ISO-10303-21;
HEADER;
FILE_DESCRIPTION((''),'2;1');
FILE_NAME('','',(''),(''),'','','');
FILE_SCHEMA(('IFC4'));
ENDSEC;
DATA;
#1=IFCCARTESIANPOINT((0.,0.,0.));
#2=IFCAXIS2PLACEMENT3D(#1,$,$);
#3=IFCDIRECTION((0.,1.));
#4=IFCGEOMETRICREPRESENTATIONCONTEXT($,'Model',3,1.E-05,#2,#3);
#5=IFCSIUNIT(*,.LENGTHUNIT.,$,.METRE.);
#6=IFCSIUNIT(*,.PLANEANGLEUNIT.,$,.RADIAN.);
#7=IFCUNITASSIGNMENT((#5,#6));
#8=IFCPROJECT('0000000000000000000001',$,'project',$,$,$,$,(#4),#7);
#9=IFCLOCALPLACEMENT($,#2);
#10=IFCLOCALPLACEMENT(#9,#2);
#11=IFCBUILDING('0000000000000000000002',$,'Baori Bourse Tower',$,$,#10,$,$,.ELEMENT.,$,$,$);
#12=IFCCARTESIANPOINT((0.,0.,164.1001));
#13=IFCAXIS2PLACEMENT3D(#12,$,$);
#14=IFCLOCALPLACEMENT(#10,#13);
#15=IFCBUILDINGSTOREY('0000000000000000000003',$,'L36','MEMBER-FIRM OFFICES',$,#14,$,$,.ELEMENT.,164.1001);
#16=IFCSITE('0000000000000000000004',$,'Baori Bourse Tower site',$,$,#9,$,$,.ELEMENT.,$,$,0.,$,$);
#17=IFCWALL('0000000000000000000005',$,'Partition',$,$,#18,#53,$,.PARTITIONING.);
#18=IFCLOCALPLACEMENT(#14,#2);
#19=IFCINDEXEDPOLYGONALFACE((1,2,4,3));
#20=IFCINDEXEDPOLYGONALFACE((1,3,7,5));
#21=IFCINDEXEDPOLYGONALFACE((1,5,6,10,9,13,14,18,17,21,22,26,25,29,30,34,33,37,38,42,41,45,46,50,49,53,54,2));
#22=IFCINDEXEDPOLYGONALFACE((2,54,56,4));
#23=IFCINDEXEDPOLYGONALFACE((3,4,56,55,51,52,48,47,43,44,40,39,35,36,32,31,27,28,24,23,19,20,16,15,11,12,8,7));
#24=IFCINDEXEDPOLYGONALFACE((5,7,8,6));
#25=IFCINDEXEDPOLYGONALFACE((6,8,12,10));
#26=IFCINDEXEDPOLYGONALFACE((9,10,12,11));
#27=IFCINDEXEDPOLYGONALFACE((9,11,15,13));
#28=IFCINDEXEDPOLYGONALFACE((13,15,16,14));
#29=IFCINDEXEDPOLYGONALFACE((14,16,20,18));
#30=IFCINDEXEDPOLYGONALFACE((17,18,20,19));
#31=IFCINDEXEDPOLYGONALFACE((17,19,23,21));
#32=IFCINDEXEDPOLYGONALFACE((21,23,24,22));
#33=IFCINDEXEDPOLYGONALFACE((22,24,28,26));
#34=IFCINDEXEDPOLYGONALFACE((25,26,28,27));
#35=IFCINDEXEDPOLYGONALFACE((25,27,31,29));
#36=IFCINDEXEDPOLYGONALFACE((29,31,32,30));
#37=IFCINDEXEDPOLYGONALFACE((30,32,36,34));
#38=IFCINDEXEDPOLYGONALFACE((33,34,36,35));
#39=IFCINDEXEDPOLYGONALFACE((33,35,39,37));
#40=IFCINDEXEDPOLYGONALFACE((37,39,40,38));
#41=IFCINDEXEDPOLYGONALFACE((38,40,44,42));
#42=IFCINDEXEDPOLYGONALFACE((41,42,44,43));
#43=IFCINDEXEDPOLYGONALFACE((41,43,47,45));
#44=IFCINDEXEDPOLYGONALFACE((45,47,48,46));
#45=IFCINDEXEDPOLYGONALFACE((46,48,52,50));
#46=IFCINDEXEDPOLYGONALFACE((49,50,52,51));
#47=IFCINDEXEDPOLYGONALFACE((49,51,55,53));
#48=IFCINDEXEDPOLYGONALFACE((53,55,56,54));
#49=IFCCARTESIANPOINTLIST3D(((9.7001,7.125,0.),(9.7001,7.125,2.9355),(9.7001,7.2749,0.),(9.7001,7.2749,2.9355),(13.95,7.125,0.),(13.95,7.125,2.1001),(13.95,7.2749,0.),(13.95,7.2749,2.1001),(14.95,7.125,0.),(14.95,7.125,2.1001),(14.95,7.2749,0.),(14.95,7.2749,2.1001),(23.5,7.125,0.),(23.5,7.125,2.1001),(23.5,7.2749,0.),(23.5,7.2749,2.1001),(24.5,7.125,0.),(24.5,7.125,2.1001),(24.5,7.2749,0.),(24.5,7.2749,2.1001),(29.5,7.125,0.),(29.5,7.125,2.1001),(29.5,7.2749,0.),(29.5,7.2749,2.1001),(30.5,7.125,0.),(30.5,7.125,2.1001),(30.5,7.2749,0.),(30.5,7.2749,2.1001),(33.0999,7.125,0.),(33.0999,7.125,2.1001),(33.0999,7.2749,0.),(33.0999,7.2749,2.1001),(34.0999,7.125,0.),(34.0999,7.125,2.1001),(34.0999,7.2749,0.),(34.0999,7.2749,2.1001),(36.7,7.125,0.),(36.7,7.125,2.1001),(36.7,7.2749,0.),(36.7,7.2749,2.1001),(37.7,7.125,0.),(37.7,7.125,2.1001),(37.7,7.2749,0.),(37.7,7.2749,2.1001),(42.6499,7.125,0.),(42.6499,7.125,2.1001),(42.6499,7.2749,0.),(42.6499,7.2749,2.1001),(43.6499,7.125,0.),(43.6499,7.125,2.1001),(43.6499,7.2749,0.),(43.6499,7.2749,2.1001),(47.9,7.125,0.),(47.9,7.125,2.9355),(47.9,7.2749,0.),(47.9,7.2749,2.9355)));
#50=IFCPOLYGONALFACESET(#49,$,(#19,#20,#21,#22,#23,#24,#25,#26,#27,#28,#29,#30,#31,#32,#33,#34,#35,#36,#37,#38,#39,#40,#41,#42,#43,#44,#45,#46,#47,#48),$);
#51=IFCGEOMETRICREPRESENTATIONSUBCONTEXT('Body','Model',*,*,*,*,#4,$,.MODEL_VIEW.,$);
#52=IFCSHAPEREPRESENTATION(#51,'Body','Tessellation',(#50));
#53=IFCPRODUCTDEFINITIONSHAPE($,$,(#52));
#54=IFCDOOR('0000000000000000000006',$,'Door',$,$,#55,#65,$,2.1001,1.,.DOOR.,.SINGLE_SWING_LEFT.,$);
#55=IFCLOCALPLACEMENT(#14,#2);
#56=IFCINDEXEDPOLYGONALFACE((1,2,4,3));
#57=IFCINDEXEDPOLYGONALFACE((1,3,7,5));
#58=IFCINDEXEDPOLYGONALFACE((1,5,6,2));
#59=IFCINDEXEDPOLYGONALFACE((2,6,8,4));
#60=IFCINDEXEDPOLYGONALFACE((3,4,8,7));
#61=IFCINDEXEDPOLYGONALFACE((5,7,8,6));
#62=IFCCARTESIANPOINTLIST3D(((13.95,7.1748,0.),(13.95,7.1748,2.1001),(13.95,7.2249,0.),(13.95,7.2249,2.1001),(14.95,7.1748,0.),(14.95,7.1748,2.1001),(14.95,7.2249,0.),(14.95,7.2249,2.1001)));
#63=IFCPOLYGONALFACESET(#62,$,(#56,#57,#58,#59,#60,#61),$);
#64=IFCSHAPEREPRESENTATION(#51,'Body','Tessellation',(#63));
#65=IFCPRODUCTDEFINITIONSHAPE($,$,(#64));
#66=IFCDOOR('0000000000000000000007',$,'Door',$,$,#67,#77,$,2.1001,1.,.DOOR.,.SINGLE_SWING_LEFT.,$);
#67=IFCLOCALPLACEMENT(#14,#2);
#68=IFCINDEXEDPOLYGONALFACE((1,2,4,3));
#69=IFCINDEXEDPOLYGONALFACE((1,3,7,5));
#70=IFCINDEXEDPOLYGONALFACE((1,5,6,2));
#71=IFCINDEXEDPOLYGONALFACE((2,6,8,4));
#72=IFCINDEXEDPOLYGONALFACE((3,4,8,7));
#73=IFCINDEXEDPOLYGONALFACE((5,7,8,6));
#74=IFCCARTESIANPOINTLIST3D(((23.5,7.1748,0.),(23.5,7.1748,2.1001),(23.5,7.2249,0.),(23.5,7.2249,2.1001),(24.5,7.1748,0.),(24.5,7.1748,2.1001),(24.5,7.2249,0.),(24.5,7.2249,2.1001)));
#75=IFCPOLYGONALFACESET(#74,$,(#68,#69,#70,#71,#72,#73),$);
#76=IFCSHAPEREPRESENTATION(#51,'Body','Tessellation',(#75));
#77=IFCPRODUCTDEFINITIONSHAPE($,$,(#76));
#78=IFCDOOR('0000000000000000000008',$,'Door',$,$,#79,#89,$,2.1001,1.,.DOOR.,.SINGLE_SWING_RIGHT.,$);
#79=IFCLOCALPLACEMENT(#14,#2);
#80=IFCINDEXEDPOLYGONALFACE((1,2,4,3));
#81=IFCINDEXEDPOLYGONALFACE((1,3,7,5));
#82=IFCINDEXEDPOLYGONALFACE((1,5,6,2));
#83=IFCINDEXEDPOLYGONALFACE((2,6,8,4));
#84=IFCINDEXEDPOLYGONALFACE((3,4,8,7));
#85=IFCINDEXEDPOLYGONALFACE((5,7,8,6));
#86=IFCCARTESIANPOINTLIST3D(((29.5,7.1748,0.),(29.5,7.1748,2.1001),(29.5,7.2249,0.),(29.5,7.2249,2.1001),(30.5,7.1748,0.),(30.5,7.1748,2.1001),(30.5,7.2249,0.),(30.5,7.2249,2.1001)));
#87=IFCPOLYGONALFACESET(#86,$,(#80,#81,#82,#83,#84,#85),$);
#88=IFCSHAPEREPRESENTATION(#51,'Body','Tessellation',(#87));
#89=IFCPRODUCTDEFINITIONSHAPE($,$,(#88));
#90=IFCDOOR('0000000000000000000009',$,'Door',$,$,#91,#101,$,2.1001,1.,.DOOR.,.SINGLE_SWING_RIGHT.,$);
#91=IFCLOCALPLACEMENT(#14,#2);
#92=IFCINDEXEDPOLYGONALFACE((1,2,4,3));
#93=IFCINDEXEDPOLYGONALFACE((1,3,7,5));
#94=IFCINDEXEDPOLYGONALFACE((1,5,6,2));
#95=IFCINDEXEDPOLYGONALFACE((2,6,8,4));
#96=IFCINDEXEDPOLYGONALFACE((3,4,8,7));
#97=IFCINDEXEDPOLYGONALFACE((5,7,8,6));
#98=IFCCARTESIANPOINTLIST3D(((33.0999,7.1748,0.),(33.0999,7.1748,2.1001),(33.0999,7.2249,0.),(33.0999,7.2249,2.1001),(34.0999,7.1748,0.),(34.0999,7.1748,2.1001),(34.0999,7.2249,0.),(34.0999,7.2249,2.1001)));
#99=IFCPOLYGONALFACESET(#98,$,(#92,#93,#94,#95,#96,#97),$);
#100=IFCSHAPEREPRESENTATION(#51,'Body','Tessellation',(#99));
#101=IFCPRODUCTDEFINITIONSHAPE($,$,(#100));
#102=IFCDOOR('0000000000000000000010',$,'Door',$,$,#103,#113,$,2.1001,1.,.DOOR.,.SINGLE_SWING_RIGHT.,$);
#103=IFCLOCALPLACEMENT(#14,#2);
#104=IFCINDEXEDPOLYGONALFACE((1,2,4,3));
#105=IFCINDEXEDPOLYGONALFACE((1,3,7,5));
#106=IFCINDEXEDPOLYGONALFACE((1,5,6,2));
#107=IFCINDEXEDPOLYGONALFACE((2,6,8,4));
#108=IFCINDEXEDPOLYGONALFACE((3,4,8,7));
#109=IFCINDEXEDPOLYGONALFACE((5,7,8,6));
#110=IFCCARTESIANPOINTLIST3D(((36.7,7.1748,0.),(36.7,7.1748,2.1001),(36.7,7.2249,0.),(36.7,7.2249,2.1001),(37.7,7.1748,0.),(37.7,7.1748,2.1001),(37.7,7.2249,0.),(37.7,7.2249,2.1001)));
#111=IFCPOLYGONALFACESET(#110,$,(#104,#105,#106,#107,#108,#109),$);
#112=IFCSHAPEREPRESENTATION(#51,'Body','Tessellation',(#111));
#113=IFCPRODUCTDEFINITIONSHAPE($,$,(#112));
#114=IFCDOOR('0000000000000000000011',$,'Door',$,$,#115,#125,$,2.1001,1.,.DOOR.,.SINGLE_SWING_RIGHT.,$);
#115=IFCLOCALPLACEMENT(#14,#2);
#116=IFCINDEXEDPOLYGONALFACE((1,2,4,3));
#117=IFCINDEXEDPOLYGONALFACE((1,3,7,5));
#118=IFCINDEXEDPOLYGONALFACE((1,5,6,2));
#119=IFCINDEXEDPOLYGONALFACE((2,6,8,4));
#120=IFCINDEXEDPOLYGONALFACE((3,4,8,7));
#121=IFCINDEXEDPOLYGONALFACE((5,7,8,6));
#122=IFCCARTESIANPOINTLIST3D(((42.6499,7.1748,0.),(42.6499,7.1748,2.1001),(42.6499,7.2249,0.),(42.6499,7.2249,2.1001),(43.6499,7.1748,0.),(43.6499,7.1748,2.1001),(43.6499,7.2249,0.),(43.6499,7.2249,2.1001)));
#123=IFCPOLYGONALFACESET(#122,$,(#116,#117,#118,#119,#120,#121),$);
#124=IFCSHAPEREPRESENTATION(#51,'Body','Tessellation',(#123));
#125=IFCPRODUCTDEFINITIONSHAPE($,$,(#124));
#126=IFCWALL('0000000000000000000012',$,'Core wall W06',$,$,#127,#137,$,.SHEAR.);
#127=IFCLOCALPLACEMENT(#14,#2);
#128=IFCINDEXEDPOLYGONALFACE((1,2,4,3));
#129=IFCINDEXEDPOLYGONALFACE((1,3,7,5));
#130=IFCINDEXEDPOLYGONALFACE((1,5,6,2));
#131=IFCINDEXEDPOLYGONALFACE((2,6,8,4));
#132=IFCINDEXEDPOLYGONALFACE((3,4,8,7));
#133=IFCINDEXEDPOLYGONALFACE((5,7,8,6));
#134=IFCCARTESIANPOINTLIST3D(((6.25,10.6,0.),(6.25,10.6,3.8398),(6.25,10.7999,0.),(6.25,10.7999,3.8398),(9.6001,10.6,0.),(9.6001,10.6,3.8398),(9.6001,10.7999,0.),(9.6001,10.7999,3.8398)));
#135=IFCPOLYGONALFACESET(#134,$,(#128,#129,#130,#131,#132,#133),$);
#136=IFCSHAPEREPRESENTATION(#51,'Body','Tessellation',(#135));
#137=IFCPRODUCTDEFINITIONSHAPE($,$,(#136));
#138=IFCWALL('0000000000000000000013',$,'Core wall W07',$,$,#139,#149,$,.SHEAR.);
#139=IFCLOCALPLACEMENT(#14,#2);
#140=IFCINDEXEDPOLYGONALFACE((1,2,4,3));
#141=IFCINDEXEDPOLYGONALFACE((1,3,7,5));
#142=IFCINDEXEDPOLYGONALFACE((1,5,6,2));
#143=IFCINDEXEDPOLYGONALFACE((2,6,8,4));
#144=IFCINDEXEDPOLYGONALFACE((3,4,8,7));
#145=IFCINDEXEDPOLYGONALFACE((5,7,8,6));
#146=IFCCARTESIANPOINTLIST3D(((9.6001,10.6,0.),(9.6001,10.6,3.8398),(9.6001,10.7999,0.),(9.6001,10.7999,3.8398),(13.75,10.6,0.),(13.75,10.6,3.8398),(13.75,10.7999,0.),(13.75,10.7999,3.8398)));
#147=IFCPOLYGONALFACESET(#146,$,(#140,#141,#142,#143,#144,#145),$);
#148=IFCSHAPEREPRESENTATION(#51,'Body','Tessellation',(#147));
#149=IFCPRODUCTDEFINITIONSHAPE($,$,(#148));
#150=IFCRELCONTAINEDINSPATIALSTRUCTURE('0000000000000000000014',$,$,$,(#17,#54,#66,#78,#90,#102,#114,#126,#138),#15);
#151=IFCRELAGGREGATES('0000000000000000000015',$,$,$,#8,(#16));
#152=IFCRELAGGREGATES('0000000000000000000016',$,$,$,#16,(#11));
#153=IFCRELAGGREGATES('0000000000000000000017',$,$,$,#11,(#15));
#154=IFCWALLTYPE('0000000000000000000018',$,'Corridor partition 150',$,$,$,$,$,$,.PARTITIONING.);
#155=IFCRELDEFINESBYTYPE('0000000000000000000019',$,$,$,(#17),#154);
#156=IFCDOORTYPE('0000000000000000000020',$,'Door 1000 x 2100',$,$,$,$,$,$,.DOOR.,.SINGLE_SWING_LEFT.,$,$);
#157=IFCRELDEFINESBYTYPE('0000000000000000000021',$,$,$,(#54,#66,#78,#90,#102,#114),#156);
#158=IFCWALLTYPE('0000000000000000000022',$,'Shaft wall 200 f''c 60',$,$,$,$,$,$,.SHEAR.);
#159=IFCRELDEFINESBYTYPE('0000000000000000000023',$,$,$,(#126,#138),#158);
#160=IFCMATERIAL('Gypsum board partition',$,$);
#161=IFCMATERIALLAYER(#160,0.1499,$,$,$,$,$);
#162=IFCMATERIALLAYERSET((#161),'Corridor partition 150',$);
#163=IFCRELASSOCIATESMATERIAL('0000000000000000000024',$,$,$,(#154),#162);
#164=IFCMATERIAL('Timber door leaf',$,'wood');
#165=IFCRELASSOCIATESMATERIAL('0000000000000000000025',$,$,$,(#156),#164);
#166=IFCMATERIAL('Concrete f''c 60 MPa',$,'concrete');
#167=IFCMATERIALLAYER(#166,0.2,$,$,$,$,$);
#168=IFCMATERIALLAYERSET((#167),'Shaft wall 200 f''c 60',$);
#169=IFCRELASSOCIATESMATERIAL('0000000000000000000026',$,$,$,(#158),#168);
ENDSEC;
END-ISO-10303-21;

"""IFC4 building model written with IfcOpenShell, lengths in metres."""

from ifc_helpers import new_model, si_unit, direction, frame, frame_2d, origin, place, context, subcontext, project, spatial, rectangle, extrude, material, layer, layer_set, type_object, element, fill, save


model = new_model("IFC4")

# Units and contexts
model_context = context("Model", 3, precision=1e-05, world=origin(), true_north=direction((0.0, 1.0)))
body_context = subcontext(model_context, "Body", "Model", "MODEL_VIEW")
ifc_project = project(units=[si_unit("LENGTHUNIT", "METRE"), si_unit("PLANEANGLEUNIT", "RADIAN")], contexts=[model_context])

# Site, building, storey
site_placement = place(None, origin())
site = spatial("IfcSite", under=ifc_project, at=site_placement, Name="Baori Bourse Tower site", CompositionType="ELEMENT", RefElevation=0.0)
building_placement = place(site_placement, origin())
building = spatial("IfcBuilding", under=site, at=building_placement, Name="Baori Bourse Tower", CompositionType="ELEMENT")
storey_placement = place(building_placement, frame((0.0, 0.0, 164.1001)))
storey = spatial("IfcBuildingStorey", under=building, at=storey_placement, Name="L36", Description="MEMBER-FIRM OFFICES", CompositionType="ELEMENT", Elevation=164.1001)

# Wall, openings, doors
ifc_material_1 = material(Name="Gypsum board partition")
ifc_layer_1 = layer(ifc_material_1, 0.1499)
ifc_layer_set_1 = layer_set([ifc_layer_1], Name="Corridor partition 150")
wall_type_1 = type_object("IfcWallType", Name="Corridor partition 150", PredefinedType="PARTITIONING", material=ifc_layer_set_1)
wall_1_placement = place(storey_placement, frame((9.7, 7.2, 0.0), z_axis=(0.0, 0.0, 1.0), x_axis=(1.0, 0.0, 0.0)))
wall_1 = element("IfcWall", 1, at=wall_1_placement, inside=storey, type_object=wall_type_1, Name="Partition", PredefinedType="PARTITIONING", context=body_context, shape_type="SweptSolid", body=[
    extrude(rectangle(XDim=38.2, YDim=0.1499, at=frame_2d((19.1001, 0.0))), origin(), (0.0, 0.0, 1.0), 2.9355),
])
opening_1_placement = place(wall_1_placement, frame((4.25, 0.0, 0.0)))
opening_1 = element("IfcOpeningElement", 2, at=opening_1_placement, cuts=wall_1, PredefinedType="OPENING", context=body_context, shape_type="SweptSolid", body=[
    extrude(rectangle(XDim=1.0, YDim=2.1001, at=frame_2d((0.5, 1.05))), frame((0.0, 0.085, 0.0), z_axis=(0.0, -1.0, 0.0), x_axis=(1.0, 0.0, 0.0)), (0.0, 0.0, 1.0), 0.1699),
])
opening_2_placement = place(wall_1_placement, frame((13.8, 0.0, 0.0)))
opening_2 = element("IfcOpeningElement", 3, at=opening_2_placement, cuts=wall_1, PredefinedType="OPENING", context=body_context, shape_type="SweptSolid", body=[
    extrude(rectangle(XDim=1.0, YDim=2.1001, at=frame_2d((0.5, 1.05))), frame((0.0, 0.085, 0.0), z_axis=(0.0, -1.0, 0.0), x_axis=(1.0, 0.0, 0.0)), (0.0, 0.0, 1.0), 0.1699),
])
opening_3_placement = place(wall_1_placement, frame((19.8, 0.0, 0.0)))
opening_3 = element("IfcOpeningElement", 4, at=opening_3_placement, cuts=wall_1, PredefinedType="OPENING", context=body_context, shape_type="SweptSolid", body=[
    extrude(rectangle(XDim=1.0, YDim=2.1001, at=frame_2d((0.5, 1.05))), frame((0.0, 0.085, 0.0), z_axis=(0.0, -1.0, 0.0), x_axis=(1.0, 0.0, 0.0)), (0.0, 0.0, 1.0), 0.1699),
])
opening_4_placement = place(wall_1_placement, frame((23.3999, 0.0, 0.0)))
opening_4 = element("IfcOpeningElement", 5, at=opening_4_placement, cuts=wall_1, PredefinedType="OPENING", context=body_context, shape_type="SweptSolid", body=[
    extrude(rectangle(XDim=1.0, YDim=2.1001, at=frame_2d((0.5, 1.05))), frame((0.0, 0.085, 0.0), z_axis=(0.0, -1.0, 0.0), x_axis=(1.0, 0.0, 0.0)), (0.0, 0.0, 1.0), 0.1699),
])
opening_5_placement = place(wall_1_placement, frame((27.0, 0.0, 0.0)))
opening_5 = element("IfcOpeningElement", 6, at=opening_5_placement, cuts=wall_1, PredefinedType="OPENING", context=body_context, shape_type="SweptSolid", body=[
    extrude(rectangle(XDim=1.0, YDim=2.1001, at=frame_2d((0.5, 1.05))), frame((0.0, 0.085, 0.0), z_axis=(0.0, -1.0, 0.0), x_axis=(1.0, 0.0, 0.0)), (0.0, 0.0, 1.0), 0.1699),
])
opening_6_placement = place(wall_1_placement, frame((32.95, 0.0, 0.0)))
opening_6 = element("IfcOpeningElement", 7, at=opening_6_placement, cuts=wall_1, PredefinedType="OPENING", context=body_context, shape_type="SweptSolid", body=[
    extrude(rectangle(XDim=1.0, YDim=2.1001, at=frame_2d((0.5, 1.05))), frame((0.0, 0.085, 0.0), z_axis=(0.0, -1.0, 0.0), x_axis=(1.0, 0.0, 0.0)), (0.0, 0.0, 1.0), 0.1699),
])
ifc_material_2 = material(Name="Timber door leaf", Category="wood")
door_type = type_object("IfcDoorType", Name="Door 1000 x 2100", OperationType="SINGLE_SWING_LEFT", PredefinedType="DOOR", material=ifc_material_2)
door_1_placement = place(opening_1_placement, origin())
door_1 = element("IfcDoor", 8, at=door_1_placement, inside=storey, type_object=door_type, Name="Door", OperationType="SINGLE_SWING_LEFT", OverallHeight=2.1001, OverallWidth=1.0, PredefinedType="DOOR", context=body_context, shape_type="SweptSolid", body=[
    extrude(rectangle(XDim=1.0, YDim=2.1001, at=frame_2d((0.5, 1.05))), frame((0.0, 0.0249, 0.0), z_axis=(0.0, -1.0, 0.0), x_axis=(1.0, 0.0, 0.0)), (0.0, 0.0, 1.0), 0.05),
])
fill(opening_1, door_1)
door_2_placement = place(opening_2_placement, origin())
door_2 = element("IfcDoor", 9, at=door_2_placement, inside=storey, type_object=door_type, Name="Door", OperationType="SINGLE_SWING_LEFT", OverallHeight=2.1001, OverallWidth=1.0, PredefinedType="DOOR", context=body_context, shape_type="SweptSolid", body=[
    extrude(rectangle(XDim=1.0, YDim=2.1001, at=frame_2d((0.5, 1.05))), frame((0.0, 0.0249, 0.0), z_axis=(0.0, -1.0, 0.0), x_axis=(1.0, 0.0, 0.0)), (0.0, 0.0, 1.0), 0.05),
])
fill(opening_2, door_2)
door_3_placement = place(opening_3_placement, origin())
door_3 = element("IfcDoor", 10, at=door_3_placement, inside=storey, type_object=door_type, Name="Door", OperationType="SINGLE_SWING_RIGHT", OverallHeight=2.1001, OverallWidth=1.0, PredefinedType="DOOR", context=body_context, shape_type="SweptSolid", body=[
    extrude(rectangle(XDim=1.0, YDim=2.1001, at=frame_2d((0.5, 1.05))), frame((0.0, 0.0249, 0.0), z_axis=(0.0, -1.0, 0.0), x_axis=(1.0, 0.0, 0.0)), (0.0, 0.0, 1.0), 0.05),
])
fill(opening_3, door_3)
door_4_placement = place(opening_4_placement, origin())
door_4 = element("IfcDoor", 11, at=door_4_placement, inside=storey, type_object=door_type, Name="Door", OperationType="SINGLE_SWING_RIGHT", OverallHeight=2.1001, OverallWidth=1.0, PredefinedType="DOOR", context=body_context, shape_type="SweptSolid", body=[
    extrude(rectangle(XDim=1.0, YDim=2.1001, at=frame_2d((0.5, 1.05))), frame((0.0, 0.0249, 0.0), z_axis=(0.0, -1.0, 0.0), x_axis=(1.0, 0.0, 0.0)), (0.0, 0.0, 1.0), 0.05),
])
fill(opening_4, door_4)
door_5_placement = place(opening_5_placement, origin())
door_5 = element("IfcDoor", 12, at=door_5_placement, inside=storey, type_object=door_type, Name="Door", OperationType="SINGLE_SWING_RIGHT", OverallHeight=2.1001, OverallWidth=1.0, PredefinedType="DOOR", context=body_context, shape_type="SweptSolid", body=[
    extrude(rectangle(XDim=1.0, YDim=2.1001, at=frame_2d((0.5, 1.05))), frame((0.0, 0.0249, 0.0), z_axis=(0.0, -1.0, 0.0), x_axis=(1.0, 0.0, 0.0)), (0.0, 0.0, 1.0), 0.05),
])
fill(opening_5, door_5)
door_6_placement = place(opening_6_placement, origin())
door_6 = element("IfcDoor", 13, at=door_6_placement, inside=storey, type_object=door_type, Name="Door", OperationType="SINGLE_SWING_RIGHT", OverallHeight=2.1001, OverallWidth=1.0, PredefinedType="DOOR", context=body_context, shape_type="SweptSolid", body=[
    extrude(rectangle(XDim=1.0, YDim=2.1001, at=frame_2d((0.5, 1.05))), frame((0.0, 0.0249, 0.0), z_axis=(0.0, -1.0, 0.0), x_axis=(1.0, 0.0, 0.0)), (0.0, 0.0, 1.0), 0.05),
])
fill(opening_6, door_6)

# Walls
ifc_material_3 = material(Name="Concrete f'c 60 MPa", Category="concrete")
ifc_layer_2 = layer(ifc_material_3, 0.2)
ifc_layer_set_2 = layer_set([ifc_layer_2], Name="Shaft wall 200 f'c 60")
wall_type_2 = type_object("IfcWallType", Name="Shaft wall 200 f'c 60", PredefinedType="SHEAR", material=ifc_layer_set_2)
wall_2_placement = place(storey_placement, frame((6.25, 10.7, 0.0), z_axis=(0.0, 0.0, 1.0), x_axis=(1.0, 0.0, 0.0)))
element("IfcWall", 14, at=wall_2_placement, inside=storey, type_object=wall_type_2, Name="Core wall W06", PredefinedType="SHEAR", context=body_context, shape_type="SweptSolid", body=[
    extrude(rectangle(XDim=3.3501, YDim=0.2, at=frame_2d((1.675, 0.0))), origin(), (0.0, 0.0, 1.0), 3.8398),
])
wall_3_placement = place(storey_placement, frame((9.6001, 10.7, 0.0), z_axis=(0.0, 0.0, 1.0), x_axis=(1.0, 0.0, 0.0)))
element("IfcWall", 15, at=wall_3_placement, inside=storey, type_object=wall_type_2, Name="Core wall W07", PredefinedType="SHEAR", context=body_context, shape_type="SweptSolid", body=[
    extrude(rectangle(XDim=4.1499, YDim=0.2, at=frame_2d((2.075, 0.0))), origin(), (0.0, 0.0, 1.0), 3.8398),
])

save(model, "model.ifc")
